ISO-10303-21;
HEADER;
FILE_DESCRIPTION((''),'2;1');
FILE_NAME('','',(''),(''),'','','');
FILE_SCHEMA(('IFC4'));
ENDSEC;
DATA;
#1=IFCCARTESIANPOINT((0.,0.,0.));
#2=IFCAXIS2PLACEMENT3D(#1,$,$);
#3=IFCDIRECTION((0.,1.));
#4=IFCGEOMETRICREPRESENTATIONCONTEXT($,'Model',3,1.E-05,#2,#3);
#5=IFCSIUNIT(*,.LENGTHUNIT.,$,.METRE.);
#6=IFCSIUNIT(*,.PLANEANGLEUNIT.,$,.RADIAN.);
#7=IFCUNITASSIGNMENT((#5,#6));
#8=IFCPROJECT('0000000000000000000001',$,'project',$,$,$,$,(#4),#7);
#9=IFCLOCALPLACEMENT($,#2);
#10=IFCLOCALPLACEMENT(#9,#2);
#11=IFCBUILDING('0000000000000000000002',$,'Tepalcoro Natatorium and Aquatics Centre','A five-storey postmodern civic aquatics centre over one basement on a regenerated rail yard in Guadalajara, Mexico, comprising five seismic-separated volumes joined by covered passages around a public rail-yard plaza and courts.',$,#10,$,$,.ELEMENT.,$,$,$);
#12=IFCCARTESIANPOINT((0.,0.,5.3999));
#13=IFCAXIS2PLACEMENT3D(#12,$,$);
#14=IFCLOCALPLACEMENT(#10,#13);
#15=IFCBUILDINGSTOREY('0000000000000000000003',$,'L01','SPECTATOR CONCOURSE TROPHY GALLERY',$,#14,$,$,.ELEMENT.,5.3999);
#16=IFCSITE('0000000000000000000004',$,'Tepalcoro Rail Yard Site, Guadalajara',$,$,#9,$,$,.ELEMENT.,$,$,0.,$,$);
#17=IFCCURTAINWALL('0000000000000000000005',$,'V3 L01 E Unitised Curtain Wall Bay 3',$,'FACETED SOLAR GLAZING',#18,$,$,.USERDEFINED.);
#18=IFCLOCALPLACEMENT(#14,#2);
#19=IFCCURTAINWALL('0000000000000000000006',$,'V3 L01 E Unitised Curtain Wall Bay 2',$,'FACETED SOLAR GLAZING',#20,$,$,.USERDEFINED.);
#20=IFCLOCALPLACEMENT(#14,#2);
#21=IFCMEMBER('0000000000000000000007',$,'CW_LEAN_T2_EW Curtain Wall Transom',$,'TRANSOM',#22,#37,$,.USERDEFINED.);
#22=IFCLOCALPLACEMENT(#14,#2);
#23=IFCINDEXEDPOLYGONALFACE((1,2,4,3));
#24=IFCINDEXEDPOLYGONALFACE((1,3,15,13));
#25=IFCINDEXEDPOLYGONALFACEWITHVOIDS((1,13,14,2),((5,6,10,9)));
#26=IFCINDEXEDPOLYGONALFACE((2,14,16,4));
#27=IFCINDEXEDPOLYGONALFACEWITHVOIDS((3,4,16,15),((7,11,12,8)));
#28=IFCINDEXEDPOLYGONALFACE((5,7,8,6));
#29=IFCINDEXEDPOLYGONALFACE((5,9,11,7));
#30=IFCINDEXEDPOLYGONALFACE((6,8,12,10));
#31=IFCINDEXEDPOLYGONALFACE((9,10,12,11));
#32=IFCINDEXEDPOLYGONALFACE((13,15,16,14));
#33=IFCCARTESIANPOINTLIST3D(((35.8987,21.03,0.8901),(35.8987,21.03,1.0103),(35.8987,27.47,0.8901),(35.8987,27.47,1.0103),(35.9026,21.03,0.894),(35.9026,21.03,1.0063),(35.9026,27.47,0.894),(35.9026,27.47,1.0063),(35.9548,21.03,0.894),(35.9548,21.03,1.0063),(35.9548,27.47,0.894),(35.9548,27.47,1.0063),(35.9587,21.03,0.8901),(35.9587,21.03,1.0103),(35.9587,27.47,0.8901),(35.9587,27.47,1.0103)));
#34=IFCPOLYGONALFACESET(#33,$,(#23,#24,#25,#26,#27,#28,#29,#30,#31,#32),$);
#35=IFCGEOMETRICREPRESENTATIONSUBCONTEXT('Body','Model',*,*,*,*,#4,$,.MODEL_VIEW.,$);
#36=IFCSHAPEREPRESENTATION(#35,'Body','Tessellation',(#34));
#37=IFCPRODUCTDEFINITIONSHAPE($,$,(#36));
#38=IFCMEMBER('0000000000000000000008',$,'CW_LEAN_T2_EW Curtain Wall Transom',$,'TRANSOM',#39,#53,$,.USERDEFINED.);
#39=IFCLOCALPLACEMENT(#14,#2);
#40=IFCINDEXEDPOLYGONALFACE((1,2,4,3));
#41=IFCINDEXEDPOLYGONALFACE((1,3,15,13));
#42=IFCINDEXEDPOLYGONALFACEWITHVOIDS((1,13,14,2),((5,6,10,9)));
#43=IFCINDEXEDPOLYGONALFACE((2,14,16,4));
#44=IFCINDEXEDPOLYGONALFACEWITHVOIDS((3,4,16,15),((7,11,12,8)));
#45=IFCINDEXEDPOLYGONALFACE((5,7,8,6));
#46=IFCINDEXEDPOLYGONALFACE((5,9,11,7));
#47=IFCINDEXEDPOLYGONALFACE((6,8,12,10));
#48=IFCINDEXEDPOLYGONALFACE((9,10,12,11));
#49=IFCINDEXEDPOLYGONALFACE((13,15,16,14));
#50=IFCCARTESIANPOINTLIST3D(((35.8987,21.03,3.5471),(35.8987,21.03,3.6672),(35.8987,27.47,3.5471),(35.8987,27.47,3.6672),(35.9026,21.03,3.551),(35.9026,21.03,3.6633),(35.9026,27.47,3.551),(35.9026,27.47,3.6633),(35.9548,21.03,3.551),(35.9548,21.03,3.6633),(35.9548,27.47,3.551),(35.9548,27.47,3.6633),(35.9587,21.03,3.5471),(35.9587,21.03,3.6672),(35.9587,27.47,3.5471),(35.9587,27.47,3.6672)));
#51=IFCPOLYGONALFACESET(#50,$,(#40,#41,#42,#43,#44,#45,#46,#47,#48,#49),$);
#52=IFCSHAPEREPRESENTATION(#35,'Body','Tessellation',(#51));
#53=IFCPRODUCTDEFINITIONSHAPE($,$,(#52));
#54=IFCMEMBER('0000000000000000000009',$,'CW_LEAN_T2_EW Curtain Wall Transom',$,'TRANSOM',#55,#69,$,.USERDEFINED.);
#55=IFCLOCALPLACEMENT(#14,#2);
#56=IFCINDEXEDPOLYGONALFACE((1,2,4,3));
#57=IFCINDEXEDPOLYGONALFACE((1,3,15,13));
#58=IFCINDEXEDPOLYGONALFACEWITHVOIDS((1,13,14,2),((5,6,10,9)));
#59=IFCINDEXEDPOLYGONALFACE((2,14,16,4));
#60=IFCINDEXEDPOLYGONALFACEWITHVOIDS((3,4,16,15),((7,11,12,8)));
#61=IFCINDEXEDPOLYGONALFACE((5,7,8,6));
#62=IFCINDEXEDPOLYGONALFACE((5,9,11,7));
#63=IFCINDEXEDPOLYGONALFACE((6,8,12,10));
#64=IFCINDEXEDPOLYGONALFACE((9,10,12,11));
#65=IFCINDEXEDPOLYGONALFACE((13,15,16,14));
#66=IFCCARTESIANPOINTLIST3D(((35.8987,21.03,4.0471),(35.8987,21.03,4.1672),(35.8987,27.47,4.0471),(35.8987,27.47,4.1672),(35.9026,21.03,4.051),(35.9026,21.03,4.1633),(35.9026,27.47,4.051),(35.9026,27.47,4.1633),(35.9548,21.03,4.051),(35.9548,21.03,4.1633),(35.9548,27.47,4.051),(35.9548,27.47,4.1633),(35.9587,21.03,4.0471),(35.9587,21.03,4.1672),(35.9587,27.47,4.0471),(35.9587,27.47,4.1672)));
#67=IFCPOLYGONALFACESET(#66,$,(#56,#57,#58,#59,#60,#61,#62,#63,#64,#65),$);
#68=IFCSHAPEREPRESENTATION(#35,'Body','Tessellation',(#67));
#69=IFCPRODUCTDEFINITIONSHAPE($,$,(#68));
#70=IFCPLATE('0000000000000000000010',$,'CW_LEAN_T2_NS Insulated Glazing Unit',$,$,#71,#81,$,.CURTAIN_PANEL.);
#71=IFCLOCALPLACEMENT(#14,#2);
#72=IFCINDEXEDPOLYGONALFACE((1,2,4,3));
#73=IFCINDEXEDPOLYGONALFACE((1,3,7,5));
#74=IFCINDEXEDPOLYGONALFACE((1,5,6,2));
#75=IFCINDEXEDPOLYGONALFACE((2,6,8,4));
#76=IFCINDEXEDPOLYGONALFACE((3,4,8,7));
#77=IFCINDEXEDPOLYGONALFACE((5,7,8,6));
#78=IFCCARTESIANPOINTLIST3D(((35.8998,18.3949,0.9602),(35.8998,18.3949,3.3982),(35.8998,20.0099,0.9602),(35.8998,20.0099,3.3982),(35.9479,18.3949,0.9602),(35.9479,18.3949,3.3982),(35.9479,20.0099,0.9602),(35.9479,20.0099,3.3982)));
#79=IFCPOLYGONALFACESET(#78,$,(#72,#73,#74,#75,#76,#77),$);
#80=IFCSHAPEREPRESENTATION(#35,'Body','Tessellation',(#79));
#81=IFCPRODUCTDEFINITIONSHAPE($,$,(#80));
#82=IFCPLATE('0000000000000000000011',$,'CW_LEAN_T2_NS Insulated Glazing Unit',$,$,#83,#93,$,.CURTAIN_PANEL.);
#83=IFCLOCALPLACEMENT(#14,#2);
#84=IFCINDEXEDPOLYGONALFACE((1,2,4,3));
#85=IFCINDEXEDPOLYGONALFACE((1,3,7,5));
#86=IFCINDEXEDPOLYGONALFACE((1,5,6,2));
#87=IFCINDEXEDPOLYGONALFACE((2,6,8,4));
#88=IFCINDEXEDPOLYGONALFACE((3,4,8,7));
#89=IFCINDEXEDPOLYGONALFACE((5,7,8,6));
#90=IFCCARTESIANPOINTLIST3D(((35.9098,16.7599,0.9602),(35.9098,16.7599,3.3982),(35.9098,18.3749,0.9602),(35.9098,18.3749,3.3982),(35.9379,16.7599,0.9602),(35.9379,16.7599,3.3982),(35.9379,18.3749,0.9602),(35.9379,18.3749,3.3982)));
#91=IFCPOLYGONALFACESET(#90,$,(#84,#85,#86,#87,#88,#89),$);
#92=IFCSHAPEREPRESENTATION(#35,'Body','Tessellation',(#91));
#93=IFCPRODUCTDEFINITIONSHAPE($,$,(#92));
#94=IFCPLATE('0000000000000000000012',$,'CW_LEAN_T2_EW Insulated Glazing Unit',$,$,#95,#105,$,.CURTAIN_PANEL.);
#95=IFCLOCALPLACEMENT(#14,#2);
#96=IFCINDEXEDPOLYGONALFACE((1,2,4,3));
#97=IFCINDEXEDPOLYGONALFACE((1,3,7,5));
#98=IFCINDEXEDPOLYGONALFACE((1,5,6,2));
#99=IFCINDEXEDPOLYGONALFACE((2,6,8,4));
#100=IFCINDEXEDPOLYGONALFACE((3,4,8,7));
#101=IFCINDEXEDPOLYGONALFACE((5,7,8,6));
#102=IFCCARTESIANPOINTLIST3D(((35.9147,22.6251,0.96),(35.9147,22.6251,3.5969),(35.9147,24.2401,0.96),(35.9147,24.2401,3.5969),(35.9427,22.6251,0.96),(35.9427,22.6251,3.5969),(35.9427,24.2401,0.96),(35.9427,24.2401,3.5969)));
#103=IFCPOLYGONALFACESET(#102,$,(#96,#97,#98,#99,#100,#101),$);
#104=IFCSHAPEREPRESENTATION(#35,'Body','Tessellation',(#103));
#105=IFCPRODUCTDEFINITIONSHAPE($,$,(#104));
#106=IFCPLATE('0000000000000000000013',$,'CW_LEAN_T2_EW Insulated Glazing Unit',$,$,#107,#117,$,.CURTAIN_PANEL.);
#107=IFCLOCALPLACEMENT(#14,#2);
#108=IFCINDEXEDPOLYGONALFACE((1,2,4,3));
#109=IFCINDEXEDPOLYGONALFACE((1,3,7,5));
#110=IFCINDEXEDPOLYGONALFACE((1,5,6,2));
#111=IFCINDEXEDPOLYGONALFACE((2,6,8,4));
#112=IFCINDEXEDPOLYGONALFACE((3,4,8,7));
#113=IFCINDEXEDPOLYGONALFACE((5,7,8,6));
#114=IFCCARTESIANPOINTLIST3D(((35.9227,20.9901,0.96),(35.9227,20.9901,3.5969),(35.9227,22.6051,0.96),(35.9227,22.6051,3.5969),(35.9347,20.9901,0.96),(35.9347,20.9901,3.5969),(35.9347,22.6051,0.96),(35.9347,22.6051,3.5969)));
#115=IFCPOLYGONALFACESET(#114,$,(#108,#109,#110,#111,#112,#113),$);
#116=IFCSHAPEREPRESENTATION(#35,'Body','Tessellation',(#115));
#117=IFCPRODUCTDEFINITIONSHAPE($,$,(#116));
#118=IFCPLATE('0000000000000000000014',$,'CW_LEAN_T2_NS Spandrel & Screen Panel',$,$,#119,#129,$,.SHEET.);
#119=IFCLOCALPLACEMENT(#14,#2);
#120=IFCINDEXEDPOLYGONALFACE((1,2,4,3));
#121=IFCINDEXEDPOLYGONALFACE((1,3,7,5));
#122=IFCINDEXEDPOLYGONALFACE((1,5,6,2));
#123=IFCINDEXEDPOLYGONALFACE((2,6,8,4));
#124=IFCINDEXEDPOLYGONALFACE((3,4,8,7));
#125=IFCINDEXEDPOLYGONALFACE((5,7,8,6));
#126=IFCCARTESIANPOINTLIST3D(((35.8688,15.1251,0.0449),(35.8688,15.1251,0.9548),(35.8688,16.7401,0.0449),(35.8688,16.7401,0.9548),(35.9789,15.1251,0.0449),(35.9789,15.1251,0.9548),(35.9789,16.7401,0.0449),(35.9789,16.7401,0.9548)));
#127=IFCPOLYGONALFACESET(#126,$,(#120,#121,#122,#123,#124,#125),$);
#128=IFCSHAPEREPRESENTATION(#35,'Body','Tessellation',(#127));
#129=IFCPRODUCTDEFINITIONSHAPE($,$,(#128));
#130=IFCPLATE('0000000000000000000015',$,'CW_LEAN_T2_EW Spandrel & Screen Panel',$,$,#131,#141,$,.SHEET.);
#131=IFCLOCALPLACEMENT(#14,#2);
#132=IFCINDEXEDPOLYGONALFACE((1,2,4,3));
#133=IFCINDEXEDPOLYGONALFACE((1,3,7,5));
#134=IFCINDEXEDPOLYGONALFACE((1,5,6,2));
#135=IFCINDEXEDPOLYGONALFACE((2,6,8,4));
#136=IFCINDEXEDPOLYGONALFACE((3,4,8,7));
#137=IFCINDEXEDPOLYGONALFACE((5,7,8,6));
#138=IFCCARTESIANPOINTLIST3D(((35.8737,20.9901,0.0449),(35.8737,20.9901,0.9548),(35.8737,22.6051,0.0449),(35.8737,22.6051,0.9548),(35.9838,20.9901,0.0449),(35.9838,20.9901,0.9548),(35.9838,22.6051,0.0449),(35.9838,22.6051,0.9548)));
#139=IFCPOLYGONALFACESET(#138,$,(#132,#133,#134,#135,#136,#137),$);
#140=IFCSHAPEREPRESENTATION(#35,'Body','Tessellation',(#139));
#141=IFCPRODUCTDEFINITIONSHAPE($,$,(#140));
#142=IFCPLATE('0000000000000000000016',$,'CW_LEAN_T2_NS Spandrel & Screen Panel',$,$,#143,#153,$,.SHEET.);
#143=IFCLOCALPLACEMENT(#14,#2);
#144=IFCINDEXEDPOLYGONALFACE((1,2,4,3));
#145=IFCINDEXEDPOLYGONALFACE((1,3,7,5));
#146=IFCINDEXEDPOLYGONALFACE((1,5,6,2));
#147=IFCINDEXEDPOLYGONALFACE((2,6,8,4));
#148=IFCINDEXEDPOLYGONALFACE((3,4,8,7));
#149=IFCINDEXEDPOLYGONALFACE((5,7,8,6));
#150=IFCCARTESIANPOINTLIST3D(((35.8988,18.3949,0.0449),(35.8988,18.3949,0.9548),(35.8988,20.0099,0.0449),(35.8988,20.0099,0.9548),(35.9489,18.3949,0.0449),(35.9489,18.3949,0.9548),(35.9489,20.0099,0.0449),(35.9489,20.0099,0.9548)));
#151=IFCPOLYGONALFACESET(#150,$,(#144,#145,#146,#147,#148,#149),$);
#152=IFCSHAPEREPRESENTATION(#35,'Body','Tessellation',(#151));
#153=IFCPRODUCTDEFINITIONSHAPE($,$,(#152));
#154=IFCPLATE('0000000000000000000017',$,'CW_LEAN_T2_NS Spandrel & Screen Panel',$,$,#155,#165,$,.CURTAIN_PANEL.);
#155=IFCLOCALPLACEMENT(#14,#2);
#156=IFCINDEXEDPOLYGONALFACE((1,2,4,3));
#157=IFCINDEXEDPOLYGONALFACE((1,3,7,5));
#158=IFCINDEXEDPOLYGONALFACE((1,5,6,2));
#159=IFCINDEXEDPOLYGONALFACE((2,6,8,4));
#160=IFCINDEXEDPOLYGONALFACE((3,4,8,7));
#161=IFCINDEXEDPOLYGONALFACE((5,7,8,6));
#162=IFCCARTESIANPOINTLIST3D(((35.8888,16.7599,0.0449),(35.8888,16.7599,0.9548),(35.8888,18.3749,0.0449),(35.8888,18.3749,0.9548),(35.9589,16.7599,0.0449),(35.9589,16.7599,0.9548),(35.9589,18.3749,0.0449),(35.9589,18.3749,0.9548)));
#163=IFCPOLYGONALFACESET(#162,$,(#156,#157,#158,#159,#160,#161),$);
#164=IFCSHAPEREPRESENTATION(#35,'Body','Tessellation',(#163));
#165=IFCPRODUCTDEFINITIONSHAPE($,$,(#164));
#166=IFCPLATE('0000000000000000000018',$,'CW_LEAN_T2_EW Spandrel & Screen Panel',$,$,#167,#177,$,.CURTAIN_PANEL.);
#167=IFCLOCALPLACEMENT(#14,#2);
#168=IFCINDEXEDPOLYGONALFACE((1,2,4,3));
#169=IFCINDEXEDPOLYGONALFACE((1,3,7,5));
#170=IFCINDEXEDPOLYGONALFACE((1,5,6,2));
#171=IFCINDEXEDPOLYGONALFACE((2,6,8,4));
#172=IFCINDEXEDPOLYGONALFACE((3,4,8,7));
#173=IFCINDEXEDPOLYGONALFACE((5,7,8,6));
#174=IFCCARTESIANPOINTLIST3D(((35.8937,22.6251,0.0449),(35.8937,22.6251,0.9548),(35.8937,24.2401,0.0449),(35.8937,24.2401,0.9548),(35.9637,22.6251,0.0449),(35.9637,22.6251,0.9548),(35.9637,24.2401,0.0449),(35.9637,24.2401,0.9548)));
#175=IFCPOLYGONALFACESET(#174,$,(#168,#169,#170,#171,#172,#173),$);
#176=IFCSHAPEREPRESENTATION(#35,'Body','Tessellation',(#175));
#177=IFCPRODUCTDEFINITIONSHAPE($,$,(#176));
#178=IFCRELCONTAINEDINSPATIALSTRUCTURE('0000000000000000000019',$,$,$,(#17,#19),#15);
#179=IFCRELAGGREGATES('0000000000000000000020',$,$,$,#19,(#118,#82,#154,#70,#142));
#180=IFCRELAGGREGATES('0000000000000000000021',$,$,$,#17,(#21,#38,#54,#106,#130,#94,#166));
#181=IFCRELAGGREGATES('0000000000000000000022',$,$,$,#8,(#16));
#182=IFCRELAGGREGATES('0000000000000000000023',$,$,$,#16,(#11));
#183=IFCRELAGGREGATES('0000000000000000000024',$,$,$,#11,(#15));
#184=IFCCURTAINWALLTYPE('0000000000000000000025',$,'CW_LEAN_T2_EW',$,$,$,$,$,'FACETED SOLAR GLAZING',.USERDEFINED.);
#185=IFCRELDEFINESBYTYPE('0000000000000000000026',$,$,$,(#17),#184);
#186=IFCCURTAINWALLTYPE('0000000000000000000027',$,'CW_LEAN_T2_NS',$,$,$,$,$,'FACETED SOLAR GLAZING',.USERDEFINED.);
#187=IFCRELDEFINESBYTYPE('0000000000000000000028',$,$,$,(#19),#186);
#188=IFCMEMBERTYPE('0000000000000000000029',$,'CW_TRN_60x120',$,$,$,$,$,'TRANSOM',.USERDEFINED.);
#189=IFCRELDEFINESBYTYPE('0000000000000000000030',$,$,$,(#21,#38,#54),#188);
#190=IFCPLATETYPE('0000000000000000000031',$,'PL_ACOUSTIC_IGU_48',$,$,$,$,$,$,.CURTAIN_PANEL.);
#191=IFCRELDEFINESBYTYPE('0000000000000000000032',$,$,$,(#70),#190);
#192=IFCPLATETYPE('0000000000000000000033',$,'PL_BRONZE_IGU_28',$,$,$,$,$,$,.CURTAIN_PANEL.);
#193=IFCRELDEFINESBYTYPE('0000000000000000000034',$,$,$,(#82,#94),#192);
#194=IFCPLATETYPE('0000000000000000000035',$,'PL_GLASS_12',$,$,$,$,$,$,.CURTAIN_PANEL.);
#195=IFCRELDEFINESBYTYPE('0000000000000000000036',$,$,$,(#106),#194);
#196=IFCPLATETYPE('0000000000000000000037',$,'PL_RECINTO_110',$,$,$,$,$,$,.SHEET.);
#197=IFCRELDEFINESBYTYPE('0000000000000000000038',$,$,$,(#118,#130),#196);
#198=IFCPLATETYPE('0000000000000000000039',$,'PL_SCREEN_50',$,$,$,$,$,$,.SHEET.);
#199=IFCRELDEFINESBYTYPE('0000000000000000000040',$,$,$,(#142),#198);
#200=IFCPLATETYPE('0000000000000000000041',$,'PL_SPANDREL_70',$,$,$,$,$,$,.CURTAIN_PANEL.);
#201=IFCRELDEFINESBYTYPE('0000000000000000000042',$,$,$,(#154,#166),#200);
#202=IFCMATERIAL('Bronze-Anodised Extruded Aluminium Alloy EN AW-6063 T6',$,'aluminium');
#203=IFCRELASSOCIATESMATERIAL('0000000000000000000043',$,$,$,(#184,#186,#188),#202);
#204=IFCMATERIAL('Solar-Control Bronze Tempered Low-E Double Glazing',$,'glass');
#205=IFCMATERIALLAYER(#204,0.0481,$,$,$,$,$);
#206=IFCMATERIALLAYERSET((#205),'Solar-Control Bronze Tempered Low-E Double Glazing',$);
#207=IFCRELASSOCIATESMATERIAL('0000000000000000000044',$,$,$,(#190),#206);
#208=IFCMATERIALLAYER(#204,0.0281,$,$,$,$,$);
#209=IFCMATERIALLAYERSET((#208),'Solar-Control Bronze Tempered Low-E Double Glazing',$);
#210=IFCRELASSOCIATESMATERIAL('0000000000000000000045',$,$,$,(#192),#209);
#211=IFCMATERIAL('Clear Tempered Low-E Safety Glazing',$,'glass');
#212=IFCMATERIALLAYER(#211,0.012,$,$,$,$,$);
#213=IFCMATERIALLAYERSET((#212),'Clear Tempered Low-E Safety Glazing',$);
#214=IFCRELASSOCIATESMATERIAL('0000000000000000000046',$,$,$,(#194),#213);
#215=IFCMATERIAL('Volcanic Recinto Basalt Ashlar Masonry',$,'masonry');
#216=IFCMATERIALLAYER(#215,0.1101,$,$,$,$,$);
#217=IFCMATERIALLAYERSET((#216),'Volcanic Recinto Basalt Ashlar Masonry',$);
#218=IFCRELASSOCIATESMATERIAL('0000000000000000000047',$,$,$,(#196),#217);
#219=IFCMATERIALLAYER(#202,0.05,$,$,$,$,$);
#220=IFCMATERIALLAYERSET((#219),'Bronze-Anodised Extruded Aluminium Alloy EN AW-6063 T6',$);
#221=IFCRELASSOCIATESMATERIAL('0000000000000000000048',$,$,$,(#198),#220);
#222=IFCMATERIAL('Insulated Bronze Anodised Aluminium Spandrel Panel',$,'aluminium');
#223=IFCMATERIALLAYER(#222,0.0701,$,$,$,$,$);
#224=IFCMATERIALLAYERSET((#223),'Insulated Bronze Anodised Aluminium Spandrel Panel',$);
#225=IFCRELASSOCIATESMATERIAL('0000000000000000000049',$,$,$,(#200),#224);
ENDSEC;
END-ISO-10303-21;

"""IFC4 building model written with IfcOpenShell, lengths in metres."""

from ifc_helpers import new_model, si_unit, direction, frame, origin, origin_2d, place, context, subcontext, project, spatial, rectangle, hollow_rectangle, extrude, material, layer, layer_set, material_profile, profile_set, type_object, element, aggregate, save


model = new_model("IFC4")

# Units and contexts
model_context = context("Model", 3, precision=1e-05, world=origin(), true_north=direction((0.0, 1.0)))
body_context = subcontext(model_context, "Body", "Model", "MODEL_VIEW")
ifc_project = project(units=[si_unit("LENGTHUNIT", "METRE"), si_unit("PLANEANGLEUNIT", "RADIAN")], contexts=[model_context])

# Site, building, storey
site_placement = place(None, origin())
site = spatial("IfcSite", under=ifc_project, at=site_placement, Name="Tepalcoro Rail Yard Site, Guadalajara", CompositionType="ELEMENT", RefElevation=0.0)
building_placement = place(site_placement, origin())
building = spatial("IfcBuilding", under=site, at=building_placement, Name="Tepalcoro Natatorium and Aquatics Centre", Description="A five-storey postmodern civic aquatics centre over one basement on a regenerated rail yard in Guadalajara, Mexico, comprising five seismic-separated volumes joined by covered passages around a public rail-yard plaza and courts.", CompositionType="ELEMENT")
storey_placement = place(building_placement, frame((0.0, 0.0, 5.3999)))
storey = spatial("IfcBuildingStorey", under=building, at=storey_placement, Name="L01", Description="SPECTATOR CONCOURSE TROPHY GALLERY", CompositionType="ELEMENT", Elevation=5.3999)

# Curtain walls
ifc_material_1 = material(Name="Bronze-Anodised Extruded Aluminium Alloy EN AW-6063 T6", Category="aluminium")
curtain_wall_type_1 = type_object("IfcCurtainWallType", Name="CW_LEAN_T2_EW", ElementType="FACETED SOLAR GLAZING", PredefinedType="USERDEFINED", material=ifc_material_1)
curtain_wall_1_placement = place(storey_placement, origin())
curtain_wall_1 = element("IfcCurtainWall", 1, at=curtain_wall_1_placement, inside=storey, type_object=curtain_wall_type_1, Name="V3 L01 E Unitised Curtain Wall Bay 3", ObjectType="FACETED SOLAR GLAZING", PredefinedType="USERDEFINED")
curtain_wall_type_2 = type_object("IfcCurtainWallType", Name="CW_LEAN_T2_NS", ElementType="FACETED SOLAR GLAZING", PredefinedType="USERDEFINED", material=ifc_material_1)
curtain_wall_2_placement = place(storey_placement, origin())
curtain_wall_2 = element("IfcCurtainWall", 2, at=curtain_wall_2_placement, inside=storey, type_object=curtain_wall_type_2, Name="V3 L01 E Unitised Curtain Wall Bay 2", ObjectType="FACETED SOLAR GLAZING", PredefinedType="USERDEFINED")

# Members
ifc_material_profile_1 = material_profile(ifc_material_1, hollow_rectangle(XDim=0.0601, YDim=0.1201, WallThickness=0.0039, at=origin_2d()), Name="AL60X120X4")
ifc_profile_set_1 = profile_set([ifc_material_profile_1], Name="Bronze-Anodised Extruded Aluminium Alloy EN AW-6063 T6")
member_type_1 = type_object("IfcMemberType", Name="CW_TRN_60x120", ElementType="TRANSOM", PredefinedType="USERDEFINED", material=ifc_profile_set_1)
member_1_placement = place(storey_placement, frame((35.9287, 21.03, 0.9502), z_axis=(0.0, 1.0, 0.0), x_axis=(-1.0, 0.0, 0.0)))
member_1 = element("IfcMember", 3, at=member_1_placement, type_object=member_type_1, Name="CW_LEAN_T2_EW Curtain Wall Transom", ObjectType="TRANSOM", PredefinedType="USERDEFINED", context=body_context, shape_type="SweptSolid", body=[
    extrude(hollow_rectangle(XDim=0.0601, YDim=0.1201, WallThickness=0.0039, at=origin_2d()), origin(), (0.0, 0.0, 1.0), 6.4399),
])
member_2_placement = place(storey_placement, frame((35.9287, 21.03, 3.6072), z_axis=(0.0, 1.0, 0.0), x_axis=(-1.0, 0.0, 0.0)))
member_2 = element("IfcMember", 4, at=member_2_placement, type_object=member_type_1, Name="CW_LEAN_T2_EW Curtain Wall Transom", ObjectType="TRANSOM", PredefinedType="USERDEFINED", context=body_context, shape_type="SweptSolid", body=[
    extrude(hollow_rectangle(XDim=0.0601, YDim=0.1201, WallThickness=0.0039, at=origin_2d()), origin(), (0.0, 0.0, 1.0), 6.4399),
])
member_3_placement = place(storey_placement, frame((35.9287, 21.03, 4.1072), z_axis=(0.0, 1.0, 0.0), x_axis=(-1.0, 0.0, 0.0)))
member_3 = element("IfcMember", 5, at=member_3_placement, type_object=member_type_1, Name="CW_LEAN_T2_EW Curtain Wall Transom", ObjectType="TRANSOM", PredefinedType="USERDEFINED", context=body_context, shape_type="SweptSolid", body=[
    extrude(hollow_rectangle(XDim=0.0601, YDim=0.1201, WallThickness=0.0039, at=origin_2d()), origin(), (0.0, 0.0, 1.0), 6.4399),
])

# Plates
ifc_material_2 = material(Name="Solar-Control Bronze Tempered Low-E Double Glazing", Category="glass")
ifc_layer_1 = layer(ifc_material_2, 0.0481)
ifc_layer_set_1 = layer_set([ifc_layer_1], Name="Solar-Control Bronze Tempered Low-E Double Glazing")
plate_type_1 = type_object("IfcPlateType", Name="PL_ACOUSTIC_IGU_48", PredefinedType="CURTAIN_PANEL", material=ifc_layer_set_1)
plate_1_placement = place(storey_placement, frame((35.9238, 19.2024, 0.9602), z_axis=(0.0, 0.0, 1.0), x_axis=(1.0, 0.0, 0.0)))
plate_1 = element("IfcPlate", 6, at=plate_1_placement, type_object=plate_type_1, Name="CW_LEAN_T2_NS Insulated Glazing Unit", PredefinedType="CURTAIN_PANEL", context=body_context, shape_type="SweptSolid", body=[
    extrude(rectangle(XDim=0.0481, YDim=1.615, at=origin_2d()), origin(), (0.0, 0.0, 1.0), 2.438),
])
ifc_layer_2 = layer(ifc_material_2, 0.0281)
ifc_layer_set_2 = layer_set([ifc_layer_2], Name="Solar-Control Bronze Tempered Low-E Double Glazing")
plate_type_2 = type_object("IfcPlateType", Name="PL_BRONZE_IGU_28", PredefinedType="CURTAIN_PANEL", material=ifc_layer_set_2)
plate_2_placement = place(storey_placement, frame((35.9238, 17.5674, 0.9602), z_axis=(0.0, 0.0, 1.0), x_axis=(1.0, 0.0, 0.0)))
plate_2 = element("IfcPlate", 7, at=plate_2_placement, type_object=plate_type_2, Name="CW_LEAN_T2_NS Insulated Glazing Unit", PredefinedType="CURTAIN_PANEL", context=body_context, shape_type="SweptSolid", body=[
    extrude(rectangle(XDim=0.0281, YDim=1.615, at=origin_2d()), origin(), (0.0, 0.0, 1.0), 2.438),
])
plate_3_placement = place(storey_placement, frame((35.9287, 23.4326, 0.96), z_axis=(0.0, 0.0, 1.0), x_axis=(1.0, 0.0, 0.0)))
plate_3 = element("IfcPlate", 8, at=plate_3_placement, type_object=plate_type_2, Name="CW_LEAN_T2_EW Insulated Glazing Unit", PredefinedType="CURTAIN_PANEL", context=body_context, shape_type="SweptSolid", body=[
    extrude(rectangle(XDim=0.0281, YDim=1.615, at=origin_2d()), origin(), (0.0, 0.0, 1.0), 2.637),
])
ifc_material_3 = material(Name="Clear Tempered Low-E Safety Glazing", Category="glass")
ifc_layer_3 = layer(ifc_material_3, 0.012)
ifc_layer_set_3 = layer_set([ifc_layer_3], Name="Clear Tempered Low-E Safety Glazing")
plate_type_3 = type_object("IfcPlateType", Name="PL_GLASS_12", PredefinedType="CURTAIN_PANEL", material=ifc_layer_set_3)
plate_4_placement = place(storey_placement, frame((35.9287, 21.7976, 0.96), z_axis=(0.0, 0.0, 1.0), x_axis=(1.0, 0.0, 0.0)))
plate_4 = element("IfcPlate", 9, at=plate_4_placement, type_object=plate_type_3, Name="CW_LEAN_T2_EW Insulated Glazing Unit", PredefinedType="CURTAIN_PANEL", context=body_context, shape_type="SweptSolid", body=[
    extrude(rectangle(XDim=0.012, YDim=1.615, at=origin_2d()), origin(), (0.0, 0.0, 1.0), 2.637),
])
ifc_material_4 = material(Name="Volcanic Recinto Basalt Ashlar Masonry", Category="masonry")
ifc_layer_4 = layer(ifc_material_4, 0.1101)
ifc_layer_set_4 = layer_set([ifc_layer_4], Name="Volcanic Recinto Basalt Ashlar Masonry")
plate_type_4 = type_object("IfcPlateType", Name="PL_RECINTO_110", PredefinedType="SHEET", material=ifc_layer_set_4)
plate_5_placement = place(storey_placement, frame((35.9238, 15.9326, 0.0449), z_axis=(0.0, 0.0, 1.0), x_axis=(1.0, 0.0, 0.0)))
plate_5 = element("IfcPlate", 10, at=plate_5_placement, type_object=plate_type_4, Name="CW_LEAN_T2_NS Spandrel & Screen Panel", PredefinedType="SHEET", context=body_context, shape_type="SweptSolid", body=[
    extrude(rectangle(XDim=0.1101, YDim=1.615, at=origin_2d()), origin(), (0.0, 0.0, 1.0), 0.9099),
])
plate_6_placement = place(storey_placement, frame((35.9287, 21.7976, 0.0449), z_axis=(0.0, 0.0, 1.0), x_axis=(1.0, 0.0, 0.0)))
plate_6 = element("IfcPlate", 11, at=plate_6_placement, type_object=plate_type_4, Name="CW_LEAN_T2_EW Spandrel & Screen Panel", PredefinedType="SHEET", context=body_context, shape_type="SweptSolid", body=[
    extrude(rectangle(XDim=0.1101, YDim=1.615, at=origin_2d()), origin(), (0.0, 0.0, 1.0), 0.9099),
])
ifc_layer_5 = layer(ifc_material_1, 0.05)
ifc_layer_set_5 = layer_set([ifc_layer_5], Name="Bronze-Anodised Extruded Aluminium Alloy EN AW-6063 T6")
plate_type_5 = type_object("IfcPlateType", Name="PL_SCREEN_50", PredefinedType="SHEET", material=ifc_layer_set_5)
plate_7_placement = place(storey_placement, frame((35.9238, 19.2024, 0.0449), z_axis=(0.0, 0.0, 1.0), x_axis=(1.0, 0.0, 0.0)))
plate_7 = element("IfcPlate", 12, at=plate_7_placement, type_object=plate_type_5, Name="CW_LEAN_T2_NS Spandrel & Screen Panel", PredefinedType="SHEET", context=body_context, shape_type="SweptSolid", body=[
    extrude(rectangle(XDim=0.05, YDim=1.615, at=origin_2d()), origin(), (0.0, 0.0, 1.0), 0.9099),
])
ifc_material_5 = material(Name="Insulated Bronze Anodised Aluminium Spandrel Panel", Category="aluminium")
ifc_layer_6 = layer(ifc_material_5, 0.0701)
ifc_layer_set_6 = layer_set([ifc_layer_6], Name="Insulated Bronze Anodised Aluminium Spandrel Panel")
plate_type_6 = type_object("IfcPlateType", Name="PL_SPANDREL_70", PredefinedType="CURTAIN_PANEL", material=ifc_layer_set_6)
plate_8_placement = place(storey_placement, frame((35.9238, 17.5674, 0.0449), z_axis=(0.0, 0.0, 1.0), x_axis=(1.0, 0.0, 0.0)))
plate_8 = element("IfcPlate", 13, at=plate_8_placement, type_object=plate_type_6, Name="CW_LEAN_T2_NS Spandrel & Screen Panel", PredefinedType="CURTAIN_PANEL", context=body_context, shape_type="SweptSolid", body=[
    extrude(rectangle(XDim=0.0701, YDim=1.615, at=origin_2d()), origin(), (0.0, 0.0, 1.0), 0.9099),
])
aggregate(curtain_wall_2, [plate_5, plate_2, plate_8, plate_1, plate_7])
plate_9_placement = place(storey_placement, frame((35.9287, 23.4326, 0.0449), z_axis=(0.0, 0.0, 1.0), x_axis=(1.0, 0.0, 0.0)))
plate_9 = element("IfcPlate", 14, at=plate_9_placement, type_object=plate_type_6, Name="CW_LEAN_T2_EW Spandrel & Screen Panel", PredefinedType="CURTAIN_PANEL", context=body_context, shape_type="SweptSolid", body=[
    extrude(rectangle(XDim=0.0701, YDim=1.615, at=origin_2d()), origin(), (0.0, 0.0, 1.0), 0.9099),
])
aggregate(curtain_wall_1, [member_1, member_2, member_3, plate_4, plate_6, plate_3, plate_9])

save(model, "model.ifc")
